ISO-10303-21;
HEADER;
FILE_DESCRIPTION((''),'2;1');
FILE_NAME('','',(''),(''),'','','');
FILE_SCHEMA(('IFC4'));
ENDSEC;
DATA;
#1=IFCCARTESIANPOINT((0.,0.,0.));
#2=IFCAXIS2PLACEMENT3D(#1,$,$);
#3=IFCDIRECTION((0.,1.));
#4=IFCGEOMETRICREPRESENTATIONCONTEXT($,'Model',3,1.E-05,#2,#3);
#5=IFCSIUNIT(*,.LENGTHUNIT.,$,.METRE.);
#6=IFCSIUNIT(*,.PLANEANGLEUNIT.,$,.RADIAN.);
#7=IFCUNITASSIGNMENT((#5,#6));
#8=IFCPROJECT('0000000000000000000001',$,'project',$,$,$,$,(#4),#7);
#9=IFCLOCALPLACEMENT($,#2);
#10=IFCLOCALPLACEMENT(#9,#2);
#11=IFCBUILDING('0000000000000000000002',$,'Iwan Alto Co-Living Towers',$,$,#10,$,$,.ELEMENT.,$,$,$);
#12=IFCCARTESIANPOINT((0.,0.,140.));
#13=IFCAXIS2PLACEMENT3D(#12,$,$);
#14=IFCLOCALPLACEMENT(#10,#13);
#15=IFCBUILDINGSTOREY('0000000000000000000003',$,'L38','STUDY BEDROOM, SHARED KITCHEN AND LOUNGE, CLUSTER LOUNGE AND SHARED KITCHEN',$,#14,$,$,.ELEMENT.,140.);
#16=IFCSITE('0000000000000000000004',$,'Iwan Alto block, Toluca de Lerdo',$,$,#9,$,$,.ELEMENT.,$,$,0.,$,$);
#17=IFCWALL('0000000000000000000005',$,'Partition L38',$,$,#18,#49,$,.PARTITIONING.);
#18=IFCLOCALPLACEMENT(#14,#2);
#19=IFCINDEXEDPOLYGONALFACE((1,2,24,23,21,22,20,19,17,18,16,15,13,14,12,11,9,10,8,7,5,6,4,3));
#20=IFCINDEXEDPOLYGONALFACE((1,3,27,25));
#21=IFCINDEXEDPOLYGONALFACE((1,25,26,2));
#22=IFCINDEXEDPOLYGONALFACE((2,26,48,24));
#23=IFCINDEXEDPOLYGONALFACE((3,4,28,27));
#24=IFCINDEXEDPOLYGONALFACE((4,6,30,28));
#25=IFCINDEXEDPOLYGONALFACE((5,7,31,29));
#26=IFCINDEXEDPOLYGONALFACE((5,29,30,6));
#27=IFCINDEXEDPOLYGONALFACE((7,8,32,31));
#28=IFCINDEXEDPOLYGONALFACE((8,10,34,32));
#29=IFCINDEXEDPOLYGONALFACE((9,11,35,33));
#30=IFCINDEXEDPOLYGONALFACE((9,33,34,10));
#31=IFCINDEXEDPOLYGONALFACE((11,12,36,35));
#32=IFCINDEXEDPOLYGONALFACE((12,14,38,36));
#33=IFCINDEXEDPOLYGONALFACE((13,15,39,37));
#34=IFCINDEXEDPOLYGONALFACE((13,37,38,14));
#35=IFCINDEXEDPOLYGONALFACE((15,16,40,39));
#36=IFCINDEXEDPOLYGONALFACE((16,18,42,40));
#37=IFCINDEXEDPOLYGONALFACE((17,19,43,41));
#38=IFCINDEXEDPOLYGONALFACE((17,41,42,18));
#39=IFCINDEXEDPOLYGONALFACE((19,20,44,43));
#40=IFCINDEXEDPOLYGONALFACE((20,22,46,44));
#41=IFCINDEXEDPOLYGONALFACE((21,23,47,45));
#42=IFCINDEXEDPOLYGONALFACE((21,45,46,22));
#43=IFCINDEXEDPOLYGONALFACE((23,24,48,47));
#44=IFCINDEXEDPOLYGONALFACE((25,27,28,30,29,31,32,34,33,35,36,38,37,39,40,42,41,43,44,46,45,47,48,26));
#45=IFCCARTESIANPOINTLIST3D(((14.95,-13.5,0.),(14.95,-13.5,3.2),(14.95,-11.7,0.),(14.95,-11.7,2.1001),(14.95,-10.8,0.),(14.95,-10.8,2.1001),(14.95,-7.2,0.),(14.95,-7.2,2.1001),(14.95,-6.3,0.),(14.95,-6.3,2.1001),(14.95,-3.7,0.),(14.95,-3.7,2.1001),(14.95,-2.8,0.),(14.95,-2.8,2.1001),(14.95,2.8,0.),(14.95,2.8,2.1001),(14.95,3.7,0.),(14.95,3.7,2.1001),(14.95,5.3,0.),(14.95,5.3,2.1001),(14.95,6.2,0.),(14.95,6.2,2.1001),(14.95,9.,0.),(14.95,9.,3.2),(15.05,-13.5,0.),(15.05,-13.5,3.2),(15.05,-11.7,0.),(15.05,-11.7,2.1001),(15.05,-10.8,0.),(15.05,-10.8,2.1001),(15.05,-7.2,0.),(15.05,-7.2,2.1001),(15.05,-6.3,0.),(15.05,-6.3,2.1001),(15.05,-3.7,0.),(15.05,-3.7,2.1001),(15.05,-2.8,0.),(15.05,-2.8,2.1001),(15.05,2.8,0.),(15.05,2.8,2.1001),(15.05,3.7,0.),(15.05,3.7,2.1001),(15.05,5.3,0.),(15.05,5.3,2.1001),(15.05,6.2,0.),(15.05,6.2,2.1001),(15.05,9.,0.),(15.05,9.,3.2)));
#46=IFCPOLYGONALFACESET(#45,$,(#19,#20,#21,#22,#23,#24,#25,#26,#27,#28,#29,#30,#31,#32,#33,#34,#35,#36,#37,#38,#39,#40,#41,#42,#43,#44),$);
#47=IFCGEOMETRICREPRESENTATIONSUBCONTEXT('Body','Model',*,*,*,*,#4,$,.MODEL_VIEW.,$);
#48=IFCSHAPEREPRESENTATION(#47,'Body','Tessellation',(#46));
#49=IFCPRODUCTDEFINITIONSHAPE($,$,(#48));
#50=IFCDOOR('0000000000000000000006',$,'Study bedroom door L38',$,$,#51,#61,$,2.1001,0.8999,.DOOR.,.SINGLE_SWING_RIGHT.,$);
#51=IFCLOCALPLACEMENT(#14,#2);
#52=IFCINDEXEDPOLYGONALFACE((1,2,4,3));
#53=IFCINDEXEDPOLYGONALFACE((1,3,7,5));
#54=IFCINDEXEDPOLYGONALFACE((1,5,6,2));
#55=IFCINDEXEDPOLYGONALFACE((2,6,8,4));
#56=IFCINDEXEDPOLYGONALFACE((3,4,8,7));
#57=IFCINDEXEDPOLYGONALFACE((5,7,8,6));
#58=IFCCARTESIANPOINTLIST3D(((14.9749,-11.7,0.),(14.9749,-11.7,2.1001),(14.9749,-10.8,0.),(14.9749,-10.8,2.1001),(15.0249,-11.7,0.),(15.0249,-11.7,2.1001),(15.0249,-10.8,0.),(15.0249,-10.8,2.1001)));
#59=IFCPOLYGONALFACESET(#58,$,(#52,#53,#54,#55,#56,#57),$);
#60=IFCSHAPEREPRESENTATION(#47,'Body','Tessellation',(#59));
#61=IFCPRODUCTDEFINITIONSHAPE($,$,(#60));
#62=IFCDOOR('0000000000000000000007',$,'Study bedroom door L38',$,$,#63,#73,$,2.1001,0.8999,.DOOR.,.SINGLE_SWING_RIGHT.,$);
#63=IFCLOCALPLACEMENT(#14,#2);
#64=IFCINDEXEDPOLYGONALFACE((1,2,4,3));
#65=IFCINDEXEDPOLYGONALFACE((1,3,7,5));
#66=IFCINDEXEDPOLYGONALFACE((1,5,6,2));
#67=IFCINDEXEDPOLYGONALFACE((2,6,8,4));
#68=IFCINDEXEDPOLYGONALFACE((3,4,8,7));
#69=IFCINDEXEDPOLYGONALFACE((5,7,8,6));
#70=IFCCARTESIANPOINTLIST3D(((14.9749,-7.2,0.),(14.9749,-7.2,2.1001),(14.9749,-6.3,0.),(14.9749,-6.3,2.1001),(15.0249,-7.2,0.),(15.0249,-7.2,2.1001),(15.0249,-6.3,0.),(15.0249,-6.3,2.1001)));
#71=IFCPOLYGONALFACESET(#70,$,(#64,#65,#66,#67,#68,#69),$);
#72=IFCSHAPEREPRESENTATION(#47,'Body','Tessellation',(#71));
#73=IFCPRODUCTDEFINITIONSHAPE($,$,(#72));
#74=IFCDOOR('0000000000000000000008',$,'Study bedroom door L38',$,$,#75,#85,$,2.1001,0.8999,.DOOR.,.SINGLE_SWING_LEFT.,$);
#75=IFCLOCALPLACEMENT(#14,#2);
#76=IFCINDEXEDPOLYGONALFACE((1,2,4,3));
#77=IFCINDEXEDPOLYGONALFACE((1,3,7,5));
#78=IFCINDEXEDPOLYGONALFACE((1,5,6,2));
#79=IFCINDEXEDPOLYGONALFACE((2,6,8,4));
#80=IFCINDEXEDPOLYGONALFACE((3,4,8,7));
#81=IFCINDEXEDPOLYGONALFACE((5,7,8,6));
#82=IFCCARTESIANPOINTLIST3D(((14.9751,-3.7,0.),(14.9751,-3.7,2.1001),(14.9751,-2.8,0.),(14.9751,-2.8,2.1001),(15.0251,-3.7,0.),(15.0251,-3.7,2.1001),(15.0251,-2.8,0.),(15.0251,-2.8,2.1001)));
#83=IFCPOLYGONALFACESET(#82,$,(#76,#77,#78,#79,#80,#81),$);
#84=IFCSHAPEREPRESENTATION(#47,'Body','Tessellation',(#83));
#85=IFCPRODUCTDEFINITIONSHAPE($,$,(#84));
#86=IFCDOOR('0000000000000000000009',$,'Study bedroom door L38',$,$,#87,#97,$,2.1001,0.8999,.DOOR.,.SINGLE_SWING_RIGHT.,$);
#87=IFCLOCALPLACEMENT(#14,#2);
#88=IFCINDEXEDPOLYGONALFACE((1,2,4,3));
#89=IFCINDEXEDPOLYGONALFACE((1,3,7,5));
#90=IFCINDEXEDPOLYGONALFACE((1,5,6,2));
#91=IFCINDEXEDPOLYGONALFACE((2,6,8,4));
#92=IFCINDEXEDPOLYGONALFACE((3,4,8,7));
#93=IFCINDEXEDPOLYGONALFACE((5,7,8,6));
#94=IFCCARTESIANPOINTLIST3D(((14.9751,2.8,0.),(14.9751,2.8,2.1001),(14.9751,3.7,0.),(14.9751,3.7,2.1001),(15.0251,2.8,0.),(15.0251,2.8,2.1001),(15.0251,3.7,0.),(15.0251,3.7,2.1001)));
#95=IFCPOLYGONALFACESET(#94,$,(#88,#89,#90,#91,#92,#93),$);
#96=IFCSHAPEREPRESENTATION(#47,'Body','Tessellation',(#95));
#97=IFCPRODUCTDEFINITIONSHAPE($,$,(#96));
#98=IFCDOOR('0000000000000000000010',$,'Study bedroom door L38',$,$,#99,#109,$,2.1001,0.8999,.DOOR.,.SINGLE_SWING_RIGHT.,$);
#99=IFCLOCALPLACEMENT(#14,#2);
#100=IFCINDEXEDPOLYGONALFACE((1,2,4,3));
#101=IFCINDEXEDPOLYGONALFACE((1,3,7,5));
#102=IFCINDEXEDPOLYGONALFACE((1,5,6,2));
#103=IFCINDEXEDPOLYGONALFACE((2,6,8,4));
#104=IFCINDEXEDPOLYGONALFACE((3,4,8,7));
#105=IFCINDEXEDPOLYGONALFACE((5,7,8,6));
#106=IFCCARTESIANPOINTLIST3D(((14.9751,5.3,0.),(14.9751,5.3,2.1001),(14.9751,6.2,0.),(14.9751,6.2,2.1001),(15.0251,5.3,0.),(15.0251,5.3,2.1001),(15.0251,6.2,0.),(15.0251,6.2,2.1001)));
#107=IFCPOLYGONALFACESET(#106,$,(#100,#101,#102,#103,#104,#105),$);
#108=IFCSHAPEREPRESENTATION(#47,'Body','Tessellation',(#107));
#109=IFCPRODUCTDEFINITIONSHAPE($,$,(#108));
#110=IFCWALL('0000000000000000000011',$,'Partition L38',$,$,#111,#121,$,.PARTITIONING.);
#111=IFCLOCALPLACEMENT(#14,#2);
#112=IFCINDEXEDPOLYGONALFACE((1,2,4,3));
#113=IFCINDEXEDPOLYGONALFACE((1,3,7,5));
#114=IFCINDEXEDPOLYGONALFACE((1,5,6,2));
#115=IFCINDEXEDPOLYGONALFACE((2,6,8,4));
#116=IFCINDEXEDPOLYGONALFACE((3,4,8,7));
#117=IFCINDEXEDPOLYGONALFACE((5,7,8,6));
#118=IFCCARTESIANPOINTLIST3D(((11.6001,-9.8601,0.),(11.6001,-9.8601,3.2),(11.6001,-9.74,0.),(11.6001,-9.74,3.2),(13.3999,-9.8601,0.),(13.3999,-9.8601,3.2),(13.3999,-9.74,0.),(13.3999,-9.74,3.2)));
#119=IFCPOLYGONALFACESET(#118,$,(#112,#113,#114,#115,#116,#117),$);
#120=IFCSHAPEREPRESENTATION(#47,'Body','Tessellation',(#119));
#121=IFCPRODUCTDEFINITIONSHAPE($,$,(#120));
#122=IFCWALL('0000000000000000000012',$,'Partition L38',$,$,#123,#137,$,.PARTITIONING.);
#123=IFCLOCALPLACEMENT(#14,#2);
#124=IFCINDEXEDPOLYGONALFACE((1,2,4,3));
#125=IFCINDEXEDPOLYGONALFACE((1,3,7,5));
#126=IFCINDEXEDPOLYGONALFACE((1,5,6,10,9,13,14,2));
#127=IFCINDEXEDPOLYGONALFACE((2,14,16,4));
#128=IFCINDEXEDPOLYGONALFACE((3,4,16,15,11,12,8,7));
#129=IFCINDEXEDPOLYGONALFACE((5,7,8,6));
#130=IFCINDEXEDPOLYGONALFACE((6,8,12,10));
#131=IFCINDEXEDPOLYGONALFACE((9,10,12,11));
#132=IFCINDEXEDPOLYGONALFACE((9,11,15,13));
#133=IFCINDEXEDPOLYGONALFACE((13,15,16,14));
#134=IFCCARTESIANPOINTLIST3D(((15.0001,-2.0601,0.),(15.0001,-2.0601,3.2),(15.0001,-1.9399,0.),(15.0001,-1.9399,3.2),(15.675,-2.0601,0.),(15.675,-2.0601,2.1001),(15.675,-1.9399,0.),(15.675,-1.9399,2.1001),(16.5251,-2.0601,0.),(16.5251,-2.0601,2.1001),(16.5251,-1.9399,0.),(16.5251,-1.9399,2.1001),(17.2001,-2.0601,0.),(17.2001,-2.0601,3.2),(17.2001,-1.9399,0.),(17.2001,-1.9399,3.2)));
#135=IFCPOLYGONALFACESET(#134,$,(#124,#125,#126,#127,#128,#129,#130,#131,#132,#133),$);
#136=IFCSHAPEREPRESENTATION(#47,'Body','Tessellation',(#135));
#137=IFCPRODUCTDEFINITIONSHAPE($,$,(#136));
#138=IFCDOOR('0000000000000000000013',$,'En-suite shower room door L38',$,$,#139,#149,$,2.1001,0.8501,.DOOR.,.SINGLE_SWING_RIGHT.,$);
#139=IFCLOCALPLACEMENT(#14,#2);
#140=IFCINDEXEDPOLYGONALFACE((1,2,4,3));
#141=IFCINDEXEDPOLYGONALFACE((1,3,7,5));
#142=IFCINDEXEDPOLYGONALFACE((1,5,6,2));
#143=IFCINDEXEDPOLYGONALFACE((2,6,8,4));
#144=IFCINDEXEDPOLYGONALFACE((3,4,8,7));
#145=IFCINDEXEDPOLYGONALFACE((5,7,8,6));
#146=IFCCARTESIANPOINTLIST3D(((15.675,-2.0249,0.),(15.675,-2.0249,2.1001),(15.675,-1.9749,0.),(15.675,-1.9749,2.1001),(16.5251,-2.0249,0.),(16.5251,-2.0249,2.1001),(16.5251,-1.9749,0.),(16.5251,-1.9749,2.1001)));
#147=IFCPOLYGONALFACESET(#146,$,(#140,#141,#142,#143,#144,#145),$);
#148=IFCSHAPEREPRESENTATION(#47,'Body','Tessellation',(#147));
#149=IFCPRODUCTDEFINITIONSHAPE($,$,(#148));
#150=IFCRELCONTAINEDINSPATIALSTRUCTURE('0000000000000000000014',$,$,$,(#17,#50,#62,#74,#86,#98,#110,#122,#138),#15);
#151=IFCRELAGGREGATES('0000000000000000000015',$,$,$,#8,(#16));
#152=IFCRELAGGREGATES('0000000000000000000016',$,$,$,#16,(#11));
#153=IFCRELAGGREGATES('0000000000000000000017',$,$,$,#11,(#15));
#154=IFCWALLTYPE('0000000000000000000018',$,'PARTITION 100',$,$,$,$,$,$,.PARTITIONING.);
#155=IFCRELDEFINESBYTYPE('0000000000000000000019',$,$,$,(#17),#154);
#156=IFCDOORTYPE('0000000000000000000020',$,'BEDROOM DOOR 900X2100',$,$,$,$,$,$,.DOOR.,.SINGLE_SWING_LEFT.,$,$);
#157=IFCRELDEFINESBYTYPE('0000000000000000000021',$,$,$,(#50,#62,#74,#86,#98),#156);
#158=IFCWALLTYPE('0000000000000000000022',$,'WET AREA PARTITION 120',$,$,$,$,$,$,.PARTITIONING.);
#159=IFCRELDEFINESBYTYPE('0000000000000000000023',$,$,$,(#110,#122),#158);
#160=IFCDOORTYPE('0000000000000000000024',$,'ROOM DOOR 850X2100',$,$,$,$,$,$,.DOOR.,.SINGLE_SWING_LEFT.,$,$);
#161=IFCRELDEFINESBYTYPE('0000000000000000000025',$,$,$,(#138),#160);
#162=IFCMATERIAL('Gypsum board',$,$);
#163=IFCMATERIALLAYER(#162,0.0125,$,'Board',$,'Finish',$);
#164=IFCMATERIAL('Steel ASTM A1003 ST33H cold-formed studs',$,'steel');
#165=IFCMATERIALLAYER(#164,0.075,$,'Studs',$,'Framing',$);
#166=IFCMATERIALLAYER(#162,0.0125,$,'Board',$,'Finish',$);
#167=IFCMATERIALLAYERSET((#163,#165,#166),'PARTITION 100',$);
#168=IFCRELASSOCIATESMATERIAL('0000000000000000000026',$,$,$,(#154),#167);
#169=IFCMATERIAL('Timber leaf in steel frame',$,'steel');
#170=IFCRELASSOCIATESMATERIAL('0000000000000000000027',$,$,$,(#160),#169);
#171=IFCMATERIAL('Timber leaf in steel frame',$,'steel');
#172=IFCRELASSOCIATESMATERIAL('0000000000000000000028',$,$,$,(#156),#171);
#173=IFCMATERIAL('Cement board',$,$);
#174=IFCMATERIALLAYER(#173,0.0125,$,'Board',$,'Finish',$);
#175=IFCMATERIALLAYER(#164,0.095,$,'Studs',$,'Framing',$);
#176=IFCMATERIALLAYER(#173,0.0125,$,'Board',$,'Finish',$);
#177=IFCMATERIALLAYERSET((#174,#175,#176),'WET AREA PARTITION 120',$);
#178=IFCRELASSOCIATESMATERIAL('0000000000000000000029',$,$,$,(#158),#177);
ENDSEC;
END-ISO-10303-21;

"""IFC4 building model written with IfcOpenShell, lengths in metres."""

from ifc_helpers import new_model, si_unit, direction, frame, frame_2d, origin, place, context, subcontext, project, spatial, rectangle, extrude, material, layer, layer_set, type_object, element, fill, save


model = new_model("IFC4")

# Units and contexts
model_context = context("Model", 3, precision=1e-05, world=origin(), true_north=direction((0.0, 1.0)))
body_context = subcontext(model_context, "Body", "Model", "MODEL_VIEW")
ifc_project = project(units=[si_unit("LENGTHUNIT", "METRE"), si_unit("PLANEANGLEUNIT", "RADIAN")], contexts=[model_context])

# Site, building, storey
site_placement = place(None, origin())
site = spatial("IfcSite", under=ifc_project, at=site_placement, Name="Iwan Alto block, Toluca de Lerdo", CompositionType="ELEMENT", RefElevation=0.0)
building_placement = place(site_placement, origin())
building = spatial("IfcBuilding", under=site, at=building_placement, Name="Iwan Alto Co-Living Towers", CompositionType="ELEMENT")
storey_placement = place(building_placement, frame((0.0, 0.0, 140.0)))
storey = spatial("IfcBuildingStorey", under=building, at=storey_placement, Name="L38", Description="STUDY BEDROOM, SHARED KITCHEN AND LOUNGE, CLUSTER LOUNGE AND SHARED KITCHEN", CompositionType="ELEMENT", Elevation=140.0)

# Shared definitions
ifc_material_1 = material(Name="Gypsum board")
ifc_material_2 = material(Name="Steel ASTM A1003 ST33H cold-formed studs", Category="steel")

# Shared definitions
ifc_layer_1 = layer(ifc_material_1, 0.0125, Name="Board", Category="Finish")
ifc_layer_2 = layer(ifc_material_2, 0.075, Name="Studs", Category="Framing")
ifc_layer_3 = layer(ifc_material_1, 0.0125, Name="Board", Category="Finish")
ifc_layer_set_1 = layer_set([ifc_layer_1, ifc_layer_2, ifc_layer_3], Name="PARTITION 100")
wall_type_1 = type_object("IfcWallType", Name="PARTITION 100", PredefinedType="PARTITIONING", material=ifc_layer_set_1)
ifc_material_3 = material(Name="Timber leaf in steel frame", Category="steel")
door_type_1 = type_object("IfcDoorType", Name="ROOM DOOR 850X2100", OperationType="SINGLE_SWING_LEFT", PredefinedType="DOOR", material=ifc_material_3)

# Wall, openings, doors
wall_1_placement = place(storey_placement, frame((15.0, -13.5, 0.0), z_axis=(0.0, 0.0, 1.0), x_axis=(0.0, 1.0, 0.0)))
wall_1 = element("IfcWall", 1, at=wall_1_placement, inside=storey, type_object=wall_type_1, Name="Partition L38", PredefinedType="PARTITIONING", context=body_context, shape_type="SweptSolid", body=[
    extrude(rectangle(XDim=22.5, YDim=0.1001, at=frame_2d((11.25, 0.0))), origin(), (0.0, 0.0, 1.0), 3.2),
])
opening_1_placement = place(wall_1_placement, frame((1.8, 0.0, 0.0)))
opening_1 = element("IfcOpeningElement", 2, at=opening_1_placement, cuts=wall_1, PredefinedType="OPENING", context=body_context, shape_type="SweptSolid", body=[
    extrude(rectangle(XDim=0.8999, YDim=2.1001, at=frame_2d((0.45, 1.05))), frame((0.0, 0.0601, 0.0), z_axis=(0.0, -1.0, 0.0), x_axis=(1.0, 0.0, 0.0)), (0.0, 0.0, 1.0), 0.1201),
])
opening_2_placement = place(wall_1_placement, frame((6.3, 0.0, 0.0)))
opening_2 = element("IfcOpeningElement", 3, at=opening_2_placement, cuts=wall_1, PredefinedType="OPENING", context=body_context, shape_type="SweptSolid", body=[
    extrude(rectangle(XDim=0.8999, YDim=2.1001, at=frame_2d((0.45, 1.05))), frame((0.0, 0.0601, 0.0), z_axis=(0.0, -1.0, 0.0), x_axis=(1.0, 0.0, 0.0)), (0.0, 0.0, 1.0), 0.1201),
])
opening_3_placement = place(wall_1_placement, frame((9.8, 0.0, 0.0)))
opening_3 = element("IfcOpeningElement", 4, at=opening_3_placement, cuts=wall_1, PredefinedType="OPENING", context=body_context, shape_type="SweptSolid", body=[
    extrude(rectangle(XDim=0.8999, YDim=2.1001, at=frame_2d((0.45, 1.05))), frame((0.0, 0.0601, 0.0), z_axis=(0.0, -1.0, 0.0), x_axis=(1.0, 0.0, 0.0)), (0.0, 0.0, 1.0), 0.1201),
])
opening_4_placement = place(wall_1_placement, frame((16.3, 0.0, 0.0)))
opening_4 = element("IfcOpeningElement", 5, at=opening_4_placement, cuts=wall_1, PredefinedType="OPENING", context=body_context, shape_type="SweptSolid", body=[
    extrude(rectangle(XDim=0.8999, YDim=2.1001, at=frame_2d((0.45, 1.05))), frame((0.0, 0.0601, 0.0), z_axis=(0.0, -1.0, 0.0), x_axis=(1.0, 0.0, 0.0)), (0.0, 0.0, 1.0), 0.1201),
])
opening_5_placement = place(wall_1_placement, frame((18.8, 0.0, 0.0)))
opening_5 = element("IfcOpeningElement", 6, at=opening_5_placement, cuts=wall_1, PredefinedType="OPENING", context=body_context, shape_type="SweptSolid", body=[
    extrude(rectangle(XDim=0.8999, YDim=2.1001, at=frame_2d((0.45, 1.05))), frame((0.0, 0.0601, 0.0), z_axis=(0.0, -1.0, 0.0), x_axis=(1.0, 0.0, 0.0)), (0.0, 0.0, 1.0), 0.1201),
])
ifc_material_4 = material(Name="Timber leaf in steel frame", Category="steel")
door_type_2 = type_object("IfcDoorType", Name="BEDROOM DOOR 900X2100", OperationType="SINGLE_SWING_LEFT", PredefinedType="DOOR", material=ifc_material_4)
door_1_placement = place(opening_1_placement, frame((0.8999, 0.0, 0.0), z_axis=(0.0, 0.0, 1.0), x_axis=(-1.0, 0.0, 0.0)))
door_1 = element("IfcDoor", 7, at=door_1_placement, inside=storey, type_object=door_type_2, Name="Study bedroom door L38", OperationType="SINGLE_SWING_RIGHT", OverallHeight=2.1001, OverallWidth=0.8999, PredefinedType="DOOR", context=body_context, shape_type="SweptSolid", body=[
    extrude(rectangle(XDim=0.8999, YDim=2.1001, at=frame_2d((0.45, 1.05))), frame((0.0, 0.0249, 0.0), z_axis=(0.0, -1.0, 0.0), x_axis=(1.0, 0.0, 0.0)), (0.0, 0.0, 1.0), 0.05),
])
fill(opening_1, door_1)
door_2_placement = place(opening_2_placement, frame((0.8999, 0.0, 0.0), z_axis=(0.0, 0.0, 1.0), x_axis=(-1.0, 0.0, 0.0)))
door_2 = element("IfcDoor", 8, at=door_2_placement, inside=storey, type_object=door_type_2, Name="Study bedroom door L38", OperationType="SINGLE_SWING_RIGHT", OverallHeight=2.1001, OverallWidth=0.8999, PredefinedType="DOOR", context=body_context, shape_type="SweptSolid", body=[
    extrude(rectangle(XDim=0.8999, YDim=2.1001, at=frame_2d((0.45, 1.05))), frame((0.0, 0.0249, 0.0), z_axis=(0.0, -1.0, 0.0), x_axis=(1.0, 0.0, 0.0)), (0.0, 0.0, 1.0), 0.05),
])
fill(opening_2, door_2)
door_3_placement = place(opening_3_placement, origin())
door_3 = element("IfcDoor", 9, at=door_3_placement, inside=storey, type_object=door_type_2, Name="Study bedroom door L38", OperationType="SINGLE_SWING_LEFT", OverallHeight=2.1001, OverallWidth=0.8999, PredefinedType="DOOR", context=body_context, shape_type="SweptSolid", body=[
    extrude(rectangle(XDim=0.8999, YDim=2.1001, at=frame_2d((0.45, 1.05))), frame((0.0, 0.0249, 0.0), z_axis=(0.0, -1.0, 0.0), x_axis=(1.0, 0.0, 0.0)), (0.0, 0.0, 1.0), 0.05),
])
fill(opening_3, door_3)
door_4_placement = place(opening_4_placement, origin())
door_4 = element("IfcDoor", 10, at=door_4_placement, inside=storey, type_object=door_type_2, Name="Study bedroom door L38", OperationType="SINGLE_SWING_RIGHT", OverallHeight=2.1001, OverallWidth=0.8999, PredefinedType="DOOR", context=body_context, shape_type="SweptSolid", body=[
    extrude(rectangle(XDim=0.8999, YDim=2.1001, at=frame_2d((0.45, 1.05))), frame((0.0, 0.0249, 0.0), z_axis=(0.0, -1.0, 0.0), x_axis=(1.0, 0.0, 0.0)), (0.0, 0.0, 1.0), 0.05),
])
fill(opening_4, door_4)
door_5_placement = place(opening_5_placement, origin())
door_5 = element("IfcDoor", 11, at=door_5_placement, inside=storey, type_object=door_type_2, Name="Study bedroom door L38", OperationType="SINGLE_SWING_RIGHT", OverallHeight=2.1001, OverallWidth=0.8999, PredefinedType="DOOR", context=body_context, shape_type="SweptSolid", body=[
    extrude(rectangle(XDim=0.8999, YDim=2.1001, at=frame_2d((0.45, 1.05))), frame((0.0, 0.0249, 0.0), z_axis=(0.0, -1.0, 0.0), x_axis=(1.0, 0.0, 0.0)), (0.0, 0.0, 1.0), 0.05),
])
fill(opening_5, door_5)

# Wall
ifc_material_5 = material(Name="Cement board")
ifc_layer_4 = layer(ifc_material_5, 0.0125, Name="Board", Category="Finish")
ifc_layer_5 = layer(ifc_material_2, 0.095, Name="Studs", Category="Framing")
ifc_layer_6 = layer(ifc_material_5, 0.0125, Name="Board", Category="Finish")
ifc_layer_set_2 = layer_set([ifc_layer_4, ifc_layer_5, ifc_layer_6], Name="WET AREA PARTITION 120")
wall_type_2 = type_object("IfcWallType", Name="WET AREA PARTITION 120", PredefinedType="PARTITIONING", material=ifc_layer_set_2)
wall_2_placement = place(storey_placement, frame((11.6001, -9.8, 0.0), z_axis=(0.0, 0.0, 1.0), x_axis=(1.0, 0.0, 0.0)))
element("IfcWall", 12, at=wall_2_placement, inside=storey, type_object=wall_type_2, Name="Partition L38", PredefinedType="PARTITIONING", context=body_context, shape_type="SweptSolid", body=[
    extrude(rectangle(XDim=1.7998, YDim=0.1201, at=frame_2d((0.8999, 0.0))), origin(), (0.0, 0.0, 1.0), 3.2),
])

# Wall, opening, door
wall_3_placement = place(storey_placement, frame((15.0, -2.0, 0.0), z_axis=(0.0, 0.0, 1.0), x_axis=(1.0, 0.0, 0.0)))
wall_3 = element("IfcWall", 13, at=wall_3_placement, inside=storey, type_object=wall_type_2, Name="Partition L38", PredefinedType="PARTITIONING", context=body_context, shape_type="SweptSolid", body=[
    extrude(rectangle(XDim=2.2, YDim=0.1201, at=frame_2d((1.1001, 0.0))), origin(), (0.0, 0.0, 1.0), 3.2),
])
opening_6_placement = place(wall_3_placement, frame((0.675, 0.0, 0.0)))
opening_6 = element("IfcOpeningElement", 14, at=opening_6_placement, cuts=wall_3, PredefinedType="OPENING", context=body_context, shape_type="SweptSolid", body=[
    extrude(rectangle(XDim=0.8501, YDim=2.1001, at=frame_2d((0.425, 1.05))), frame((0.0, 0.0701, 0.0), z_axis=(0.0, -1.0, 0.0), x_axis=(1.0, 0.0, 0.0)), (0.0, 0.0, 1.0), 0.1401),
])
door_6_placement = place(opening_6_placement, frame((0.8501, 0.0, 0.0), z_axis=(0.0, 0.0, 1.0), x_axis=(-1.0, 0.0, 0.0)))
door_6 = element("IfcDoor", 15, at=door_6_placement, inside=storey, type_object=door_type_1, Name="En-suite shower room door L38", OperationType="SINGLE_SWING_RIGHT", OverallHeight=2.1001, OverallWidth=0.8501, PredefinedType="DOOR", context=body_context, shape_type="SweptSolid", body=[
    extrude(rectangle(XDim=0.8501, YDim=2.1001, at=frame_2d((0.425, 1.05))), frame((0.0, 0.0249, 0.0), z_axis=(0.0, -1.0, 0.0), x_axis=(1.0, 0.0, 0.0)), (0.0, 0.0, 1.0), 0.05),
])
fill(opening_6, door_6)

save(model, "model.ifc")
